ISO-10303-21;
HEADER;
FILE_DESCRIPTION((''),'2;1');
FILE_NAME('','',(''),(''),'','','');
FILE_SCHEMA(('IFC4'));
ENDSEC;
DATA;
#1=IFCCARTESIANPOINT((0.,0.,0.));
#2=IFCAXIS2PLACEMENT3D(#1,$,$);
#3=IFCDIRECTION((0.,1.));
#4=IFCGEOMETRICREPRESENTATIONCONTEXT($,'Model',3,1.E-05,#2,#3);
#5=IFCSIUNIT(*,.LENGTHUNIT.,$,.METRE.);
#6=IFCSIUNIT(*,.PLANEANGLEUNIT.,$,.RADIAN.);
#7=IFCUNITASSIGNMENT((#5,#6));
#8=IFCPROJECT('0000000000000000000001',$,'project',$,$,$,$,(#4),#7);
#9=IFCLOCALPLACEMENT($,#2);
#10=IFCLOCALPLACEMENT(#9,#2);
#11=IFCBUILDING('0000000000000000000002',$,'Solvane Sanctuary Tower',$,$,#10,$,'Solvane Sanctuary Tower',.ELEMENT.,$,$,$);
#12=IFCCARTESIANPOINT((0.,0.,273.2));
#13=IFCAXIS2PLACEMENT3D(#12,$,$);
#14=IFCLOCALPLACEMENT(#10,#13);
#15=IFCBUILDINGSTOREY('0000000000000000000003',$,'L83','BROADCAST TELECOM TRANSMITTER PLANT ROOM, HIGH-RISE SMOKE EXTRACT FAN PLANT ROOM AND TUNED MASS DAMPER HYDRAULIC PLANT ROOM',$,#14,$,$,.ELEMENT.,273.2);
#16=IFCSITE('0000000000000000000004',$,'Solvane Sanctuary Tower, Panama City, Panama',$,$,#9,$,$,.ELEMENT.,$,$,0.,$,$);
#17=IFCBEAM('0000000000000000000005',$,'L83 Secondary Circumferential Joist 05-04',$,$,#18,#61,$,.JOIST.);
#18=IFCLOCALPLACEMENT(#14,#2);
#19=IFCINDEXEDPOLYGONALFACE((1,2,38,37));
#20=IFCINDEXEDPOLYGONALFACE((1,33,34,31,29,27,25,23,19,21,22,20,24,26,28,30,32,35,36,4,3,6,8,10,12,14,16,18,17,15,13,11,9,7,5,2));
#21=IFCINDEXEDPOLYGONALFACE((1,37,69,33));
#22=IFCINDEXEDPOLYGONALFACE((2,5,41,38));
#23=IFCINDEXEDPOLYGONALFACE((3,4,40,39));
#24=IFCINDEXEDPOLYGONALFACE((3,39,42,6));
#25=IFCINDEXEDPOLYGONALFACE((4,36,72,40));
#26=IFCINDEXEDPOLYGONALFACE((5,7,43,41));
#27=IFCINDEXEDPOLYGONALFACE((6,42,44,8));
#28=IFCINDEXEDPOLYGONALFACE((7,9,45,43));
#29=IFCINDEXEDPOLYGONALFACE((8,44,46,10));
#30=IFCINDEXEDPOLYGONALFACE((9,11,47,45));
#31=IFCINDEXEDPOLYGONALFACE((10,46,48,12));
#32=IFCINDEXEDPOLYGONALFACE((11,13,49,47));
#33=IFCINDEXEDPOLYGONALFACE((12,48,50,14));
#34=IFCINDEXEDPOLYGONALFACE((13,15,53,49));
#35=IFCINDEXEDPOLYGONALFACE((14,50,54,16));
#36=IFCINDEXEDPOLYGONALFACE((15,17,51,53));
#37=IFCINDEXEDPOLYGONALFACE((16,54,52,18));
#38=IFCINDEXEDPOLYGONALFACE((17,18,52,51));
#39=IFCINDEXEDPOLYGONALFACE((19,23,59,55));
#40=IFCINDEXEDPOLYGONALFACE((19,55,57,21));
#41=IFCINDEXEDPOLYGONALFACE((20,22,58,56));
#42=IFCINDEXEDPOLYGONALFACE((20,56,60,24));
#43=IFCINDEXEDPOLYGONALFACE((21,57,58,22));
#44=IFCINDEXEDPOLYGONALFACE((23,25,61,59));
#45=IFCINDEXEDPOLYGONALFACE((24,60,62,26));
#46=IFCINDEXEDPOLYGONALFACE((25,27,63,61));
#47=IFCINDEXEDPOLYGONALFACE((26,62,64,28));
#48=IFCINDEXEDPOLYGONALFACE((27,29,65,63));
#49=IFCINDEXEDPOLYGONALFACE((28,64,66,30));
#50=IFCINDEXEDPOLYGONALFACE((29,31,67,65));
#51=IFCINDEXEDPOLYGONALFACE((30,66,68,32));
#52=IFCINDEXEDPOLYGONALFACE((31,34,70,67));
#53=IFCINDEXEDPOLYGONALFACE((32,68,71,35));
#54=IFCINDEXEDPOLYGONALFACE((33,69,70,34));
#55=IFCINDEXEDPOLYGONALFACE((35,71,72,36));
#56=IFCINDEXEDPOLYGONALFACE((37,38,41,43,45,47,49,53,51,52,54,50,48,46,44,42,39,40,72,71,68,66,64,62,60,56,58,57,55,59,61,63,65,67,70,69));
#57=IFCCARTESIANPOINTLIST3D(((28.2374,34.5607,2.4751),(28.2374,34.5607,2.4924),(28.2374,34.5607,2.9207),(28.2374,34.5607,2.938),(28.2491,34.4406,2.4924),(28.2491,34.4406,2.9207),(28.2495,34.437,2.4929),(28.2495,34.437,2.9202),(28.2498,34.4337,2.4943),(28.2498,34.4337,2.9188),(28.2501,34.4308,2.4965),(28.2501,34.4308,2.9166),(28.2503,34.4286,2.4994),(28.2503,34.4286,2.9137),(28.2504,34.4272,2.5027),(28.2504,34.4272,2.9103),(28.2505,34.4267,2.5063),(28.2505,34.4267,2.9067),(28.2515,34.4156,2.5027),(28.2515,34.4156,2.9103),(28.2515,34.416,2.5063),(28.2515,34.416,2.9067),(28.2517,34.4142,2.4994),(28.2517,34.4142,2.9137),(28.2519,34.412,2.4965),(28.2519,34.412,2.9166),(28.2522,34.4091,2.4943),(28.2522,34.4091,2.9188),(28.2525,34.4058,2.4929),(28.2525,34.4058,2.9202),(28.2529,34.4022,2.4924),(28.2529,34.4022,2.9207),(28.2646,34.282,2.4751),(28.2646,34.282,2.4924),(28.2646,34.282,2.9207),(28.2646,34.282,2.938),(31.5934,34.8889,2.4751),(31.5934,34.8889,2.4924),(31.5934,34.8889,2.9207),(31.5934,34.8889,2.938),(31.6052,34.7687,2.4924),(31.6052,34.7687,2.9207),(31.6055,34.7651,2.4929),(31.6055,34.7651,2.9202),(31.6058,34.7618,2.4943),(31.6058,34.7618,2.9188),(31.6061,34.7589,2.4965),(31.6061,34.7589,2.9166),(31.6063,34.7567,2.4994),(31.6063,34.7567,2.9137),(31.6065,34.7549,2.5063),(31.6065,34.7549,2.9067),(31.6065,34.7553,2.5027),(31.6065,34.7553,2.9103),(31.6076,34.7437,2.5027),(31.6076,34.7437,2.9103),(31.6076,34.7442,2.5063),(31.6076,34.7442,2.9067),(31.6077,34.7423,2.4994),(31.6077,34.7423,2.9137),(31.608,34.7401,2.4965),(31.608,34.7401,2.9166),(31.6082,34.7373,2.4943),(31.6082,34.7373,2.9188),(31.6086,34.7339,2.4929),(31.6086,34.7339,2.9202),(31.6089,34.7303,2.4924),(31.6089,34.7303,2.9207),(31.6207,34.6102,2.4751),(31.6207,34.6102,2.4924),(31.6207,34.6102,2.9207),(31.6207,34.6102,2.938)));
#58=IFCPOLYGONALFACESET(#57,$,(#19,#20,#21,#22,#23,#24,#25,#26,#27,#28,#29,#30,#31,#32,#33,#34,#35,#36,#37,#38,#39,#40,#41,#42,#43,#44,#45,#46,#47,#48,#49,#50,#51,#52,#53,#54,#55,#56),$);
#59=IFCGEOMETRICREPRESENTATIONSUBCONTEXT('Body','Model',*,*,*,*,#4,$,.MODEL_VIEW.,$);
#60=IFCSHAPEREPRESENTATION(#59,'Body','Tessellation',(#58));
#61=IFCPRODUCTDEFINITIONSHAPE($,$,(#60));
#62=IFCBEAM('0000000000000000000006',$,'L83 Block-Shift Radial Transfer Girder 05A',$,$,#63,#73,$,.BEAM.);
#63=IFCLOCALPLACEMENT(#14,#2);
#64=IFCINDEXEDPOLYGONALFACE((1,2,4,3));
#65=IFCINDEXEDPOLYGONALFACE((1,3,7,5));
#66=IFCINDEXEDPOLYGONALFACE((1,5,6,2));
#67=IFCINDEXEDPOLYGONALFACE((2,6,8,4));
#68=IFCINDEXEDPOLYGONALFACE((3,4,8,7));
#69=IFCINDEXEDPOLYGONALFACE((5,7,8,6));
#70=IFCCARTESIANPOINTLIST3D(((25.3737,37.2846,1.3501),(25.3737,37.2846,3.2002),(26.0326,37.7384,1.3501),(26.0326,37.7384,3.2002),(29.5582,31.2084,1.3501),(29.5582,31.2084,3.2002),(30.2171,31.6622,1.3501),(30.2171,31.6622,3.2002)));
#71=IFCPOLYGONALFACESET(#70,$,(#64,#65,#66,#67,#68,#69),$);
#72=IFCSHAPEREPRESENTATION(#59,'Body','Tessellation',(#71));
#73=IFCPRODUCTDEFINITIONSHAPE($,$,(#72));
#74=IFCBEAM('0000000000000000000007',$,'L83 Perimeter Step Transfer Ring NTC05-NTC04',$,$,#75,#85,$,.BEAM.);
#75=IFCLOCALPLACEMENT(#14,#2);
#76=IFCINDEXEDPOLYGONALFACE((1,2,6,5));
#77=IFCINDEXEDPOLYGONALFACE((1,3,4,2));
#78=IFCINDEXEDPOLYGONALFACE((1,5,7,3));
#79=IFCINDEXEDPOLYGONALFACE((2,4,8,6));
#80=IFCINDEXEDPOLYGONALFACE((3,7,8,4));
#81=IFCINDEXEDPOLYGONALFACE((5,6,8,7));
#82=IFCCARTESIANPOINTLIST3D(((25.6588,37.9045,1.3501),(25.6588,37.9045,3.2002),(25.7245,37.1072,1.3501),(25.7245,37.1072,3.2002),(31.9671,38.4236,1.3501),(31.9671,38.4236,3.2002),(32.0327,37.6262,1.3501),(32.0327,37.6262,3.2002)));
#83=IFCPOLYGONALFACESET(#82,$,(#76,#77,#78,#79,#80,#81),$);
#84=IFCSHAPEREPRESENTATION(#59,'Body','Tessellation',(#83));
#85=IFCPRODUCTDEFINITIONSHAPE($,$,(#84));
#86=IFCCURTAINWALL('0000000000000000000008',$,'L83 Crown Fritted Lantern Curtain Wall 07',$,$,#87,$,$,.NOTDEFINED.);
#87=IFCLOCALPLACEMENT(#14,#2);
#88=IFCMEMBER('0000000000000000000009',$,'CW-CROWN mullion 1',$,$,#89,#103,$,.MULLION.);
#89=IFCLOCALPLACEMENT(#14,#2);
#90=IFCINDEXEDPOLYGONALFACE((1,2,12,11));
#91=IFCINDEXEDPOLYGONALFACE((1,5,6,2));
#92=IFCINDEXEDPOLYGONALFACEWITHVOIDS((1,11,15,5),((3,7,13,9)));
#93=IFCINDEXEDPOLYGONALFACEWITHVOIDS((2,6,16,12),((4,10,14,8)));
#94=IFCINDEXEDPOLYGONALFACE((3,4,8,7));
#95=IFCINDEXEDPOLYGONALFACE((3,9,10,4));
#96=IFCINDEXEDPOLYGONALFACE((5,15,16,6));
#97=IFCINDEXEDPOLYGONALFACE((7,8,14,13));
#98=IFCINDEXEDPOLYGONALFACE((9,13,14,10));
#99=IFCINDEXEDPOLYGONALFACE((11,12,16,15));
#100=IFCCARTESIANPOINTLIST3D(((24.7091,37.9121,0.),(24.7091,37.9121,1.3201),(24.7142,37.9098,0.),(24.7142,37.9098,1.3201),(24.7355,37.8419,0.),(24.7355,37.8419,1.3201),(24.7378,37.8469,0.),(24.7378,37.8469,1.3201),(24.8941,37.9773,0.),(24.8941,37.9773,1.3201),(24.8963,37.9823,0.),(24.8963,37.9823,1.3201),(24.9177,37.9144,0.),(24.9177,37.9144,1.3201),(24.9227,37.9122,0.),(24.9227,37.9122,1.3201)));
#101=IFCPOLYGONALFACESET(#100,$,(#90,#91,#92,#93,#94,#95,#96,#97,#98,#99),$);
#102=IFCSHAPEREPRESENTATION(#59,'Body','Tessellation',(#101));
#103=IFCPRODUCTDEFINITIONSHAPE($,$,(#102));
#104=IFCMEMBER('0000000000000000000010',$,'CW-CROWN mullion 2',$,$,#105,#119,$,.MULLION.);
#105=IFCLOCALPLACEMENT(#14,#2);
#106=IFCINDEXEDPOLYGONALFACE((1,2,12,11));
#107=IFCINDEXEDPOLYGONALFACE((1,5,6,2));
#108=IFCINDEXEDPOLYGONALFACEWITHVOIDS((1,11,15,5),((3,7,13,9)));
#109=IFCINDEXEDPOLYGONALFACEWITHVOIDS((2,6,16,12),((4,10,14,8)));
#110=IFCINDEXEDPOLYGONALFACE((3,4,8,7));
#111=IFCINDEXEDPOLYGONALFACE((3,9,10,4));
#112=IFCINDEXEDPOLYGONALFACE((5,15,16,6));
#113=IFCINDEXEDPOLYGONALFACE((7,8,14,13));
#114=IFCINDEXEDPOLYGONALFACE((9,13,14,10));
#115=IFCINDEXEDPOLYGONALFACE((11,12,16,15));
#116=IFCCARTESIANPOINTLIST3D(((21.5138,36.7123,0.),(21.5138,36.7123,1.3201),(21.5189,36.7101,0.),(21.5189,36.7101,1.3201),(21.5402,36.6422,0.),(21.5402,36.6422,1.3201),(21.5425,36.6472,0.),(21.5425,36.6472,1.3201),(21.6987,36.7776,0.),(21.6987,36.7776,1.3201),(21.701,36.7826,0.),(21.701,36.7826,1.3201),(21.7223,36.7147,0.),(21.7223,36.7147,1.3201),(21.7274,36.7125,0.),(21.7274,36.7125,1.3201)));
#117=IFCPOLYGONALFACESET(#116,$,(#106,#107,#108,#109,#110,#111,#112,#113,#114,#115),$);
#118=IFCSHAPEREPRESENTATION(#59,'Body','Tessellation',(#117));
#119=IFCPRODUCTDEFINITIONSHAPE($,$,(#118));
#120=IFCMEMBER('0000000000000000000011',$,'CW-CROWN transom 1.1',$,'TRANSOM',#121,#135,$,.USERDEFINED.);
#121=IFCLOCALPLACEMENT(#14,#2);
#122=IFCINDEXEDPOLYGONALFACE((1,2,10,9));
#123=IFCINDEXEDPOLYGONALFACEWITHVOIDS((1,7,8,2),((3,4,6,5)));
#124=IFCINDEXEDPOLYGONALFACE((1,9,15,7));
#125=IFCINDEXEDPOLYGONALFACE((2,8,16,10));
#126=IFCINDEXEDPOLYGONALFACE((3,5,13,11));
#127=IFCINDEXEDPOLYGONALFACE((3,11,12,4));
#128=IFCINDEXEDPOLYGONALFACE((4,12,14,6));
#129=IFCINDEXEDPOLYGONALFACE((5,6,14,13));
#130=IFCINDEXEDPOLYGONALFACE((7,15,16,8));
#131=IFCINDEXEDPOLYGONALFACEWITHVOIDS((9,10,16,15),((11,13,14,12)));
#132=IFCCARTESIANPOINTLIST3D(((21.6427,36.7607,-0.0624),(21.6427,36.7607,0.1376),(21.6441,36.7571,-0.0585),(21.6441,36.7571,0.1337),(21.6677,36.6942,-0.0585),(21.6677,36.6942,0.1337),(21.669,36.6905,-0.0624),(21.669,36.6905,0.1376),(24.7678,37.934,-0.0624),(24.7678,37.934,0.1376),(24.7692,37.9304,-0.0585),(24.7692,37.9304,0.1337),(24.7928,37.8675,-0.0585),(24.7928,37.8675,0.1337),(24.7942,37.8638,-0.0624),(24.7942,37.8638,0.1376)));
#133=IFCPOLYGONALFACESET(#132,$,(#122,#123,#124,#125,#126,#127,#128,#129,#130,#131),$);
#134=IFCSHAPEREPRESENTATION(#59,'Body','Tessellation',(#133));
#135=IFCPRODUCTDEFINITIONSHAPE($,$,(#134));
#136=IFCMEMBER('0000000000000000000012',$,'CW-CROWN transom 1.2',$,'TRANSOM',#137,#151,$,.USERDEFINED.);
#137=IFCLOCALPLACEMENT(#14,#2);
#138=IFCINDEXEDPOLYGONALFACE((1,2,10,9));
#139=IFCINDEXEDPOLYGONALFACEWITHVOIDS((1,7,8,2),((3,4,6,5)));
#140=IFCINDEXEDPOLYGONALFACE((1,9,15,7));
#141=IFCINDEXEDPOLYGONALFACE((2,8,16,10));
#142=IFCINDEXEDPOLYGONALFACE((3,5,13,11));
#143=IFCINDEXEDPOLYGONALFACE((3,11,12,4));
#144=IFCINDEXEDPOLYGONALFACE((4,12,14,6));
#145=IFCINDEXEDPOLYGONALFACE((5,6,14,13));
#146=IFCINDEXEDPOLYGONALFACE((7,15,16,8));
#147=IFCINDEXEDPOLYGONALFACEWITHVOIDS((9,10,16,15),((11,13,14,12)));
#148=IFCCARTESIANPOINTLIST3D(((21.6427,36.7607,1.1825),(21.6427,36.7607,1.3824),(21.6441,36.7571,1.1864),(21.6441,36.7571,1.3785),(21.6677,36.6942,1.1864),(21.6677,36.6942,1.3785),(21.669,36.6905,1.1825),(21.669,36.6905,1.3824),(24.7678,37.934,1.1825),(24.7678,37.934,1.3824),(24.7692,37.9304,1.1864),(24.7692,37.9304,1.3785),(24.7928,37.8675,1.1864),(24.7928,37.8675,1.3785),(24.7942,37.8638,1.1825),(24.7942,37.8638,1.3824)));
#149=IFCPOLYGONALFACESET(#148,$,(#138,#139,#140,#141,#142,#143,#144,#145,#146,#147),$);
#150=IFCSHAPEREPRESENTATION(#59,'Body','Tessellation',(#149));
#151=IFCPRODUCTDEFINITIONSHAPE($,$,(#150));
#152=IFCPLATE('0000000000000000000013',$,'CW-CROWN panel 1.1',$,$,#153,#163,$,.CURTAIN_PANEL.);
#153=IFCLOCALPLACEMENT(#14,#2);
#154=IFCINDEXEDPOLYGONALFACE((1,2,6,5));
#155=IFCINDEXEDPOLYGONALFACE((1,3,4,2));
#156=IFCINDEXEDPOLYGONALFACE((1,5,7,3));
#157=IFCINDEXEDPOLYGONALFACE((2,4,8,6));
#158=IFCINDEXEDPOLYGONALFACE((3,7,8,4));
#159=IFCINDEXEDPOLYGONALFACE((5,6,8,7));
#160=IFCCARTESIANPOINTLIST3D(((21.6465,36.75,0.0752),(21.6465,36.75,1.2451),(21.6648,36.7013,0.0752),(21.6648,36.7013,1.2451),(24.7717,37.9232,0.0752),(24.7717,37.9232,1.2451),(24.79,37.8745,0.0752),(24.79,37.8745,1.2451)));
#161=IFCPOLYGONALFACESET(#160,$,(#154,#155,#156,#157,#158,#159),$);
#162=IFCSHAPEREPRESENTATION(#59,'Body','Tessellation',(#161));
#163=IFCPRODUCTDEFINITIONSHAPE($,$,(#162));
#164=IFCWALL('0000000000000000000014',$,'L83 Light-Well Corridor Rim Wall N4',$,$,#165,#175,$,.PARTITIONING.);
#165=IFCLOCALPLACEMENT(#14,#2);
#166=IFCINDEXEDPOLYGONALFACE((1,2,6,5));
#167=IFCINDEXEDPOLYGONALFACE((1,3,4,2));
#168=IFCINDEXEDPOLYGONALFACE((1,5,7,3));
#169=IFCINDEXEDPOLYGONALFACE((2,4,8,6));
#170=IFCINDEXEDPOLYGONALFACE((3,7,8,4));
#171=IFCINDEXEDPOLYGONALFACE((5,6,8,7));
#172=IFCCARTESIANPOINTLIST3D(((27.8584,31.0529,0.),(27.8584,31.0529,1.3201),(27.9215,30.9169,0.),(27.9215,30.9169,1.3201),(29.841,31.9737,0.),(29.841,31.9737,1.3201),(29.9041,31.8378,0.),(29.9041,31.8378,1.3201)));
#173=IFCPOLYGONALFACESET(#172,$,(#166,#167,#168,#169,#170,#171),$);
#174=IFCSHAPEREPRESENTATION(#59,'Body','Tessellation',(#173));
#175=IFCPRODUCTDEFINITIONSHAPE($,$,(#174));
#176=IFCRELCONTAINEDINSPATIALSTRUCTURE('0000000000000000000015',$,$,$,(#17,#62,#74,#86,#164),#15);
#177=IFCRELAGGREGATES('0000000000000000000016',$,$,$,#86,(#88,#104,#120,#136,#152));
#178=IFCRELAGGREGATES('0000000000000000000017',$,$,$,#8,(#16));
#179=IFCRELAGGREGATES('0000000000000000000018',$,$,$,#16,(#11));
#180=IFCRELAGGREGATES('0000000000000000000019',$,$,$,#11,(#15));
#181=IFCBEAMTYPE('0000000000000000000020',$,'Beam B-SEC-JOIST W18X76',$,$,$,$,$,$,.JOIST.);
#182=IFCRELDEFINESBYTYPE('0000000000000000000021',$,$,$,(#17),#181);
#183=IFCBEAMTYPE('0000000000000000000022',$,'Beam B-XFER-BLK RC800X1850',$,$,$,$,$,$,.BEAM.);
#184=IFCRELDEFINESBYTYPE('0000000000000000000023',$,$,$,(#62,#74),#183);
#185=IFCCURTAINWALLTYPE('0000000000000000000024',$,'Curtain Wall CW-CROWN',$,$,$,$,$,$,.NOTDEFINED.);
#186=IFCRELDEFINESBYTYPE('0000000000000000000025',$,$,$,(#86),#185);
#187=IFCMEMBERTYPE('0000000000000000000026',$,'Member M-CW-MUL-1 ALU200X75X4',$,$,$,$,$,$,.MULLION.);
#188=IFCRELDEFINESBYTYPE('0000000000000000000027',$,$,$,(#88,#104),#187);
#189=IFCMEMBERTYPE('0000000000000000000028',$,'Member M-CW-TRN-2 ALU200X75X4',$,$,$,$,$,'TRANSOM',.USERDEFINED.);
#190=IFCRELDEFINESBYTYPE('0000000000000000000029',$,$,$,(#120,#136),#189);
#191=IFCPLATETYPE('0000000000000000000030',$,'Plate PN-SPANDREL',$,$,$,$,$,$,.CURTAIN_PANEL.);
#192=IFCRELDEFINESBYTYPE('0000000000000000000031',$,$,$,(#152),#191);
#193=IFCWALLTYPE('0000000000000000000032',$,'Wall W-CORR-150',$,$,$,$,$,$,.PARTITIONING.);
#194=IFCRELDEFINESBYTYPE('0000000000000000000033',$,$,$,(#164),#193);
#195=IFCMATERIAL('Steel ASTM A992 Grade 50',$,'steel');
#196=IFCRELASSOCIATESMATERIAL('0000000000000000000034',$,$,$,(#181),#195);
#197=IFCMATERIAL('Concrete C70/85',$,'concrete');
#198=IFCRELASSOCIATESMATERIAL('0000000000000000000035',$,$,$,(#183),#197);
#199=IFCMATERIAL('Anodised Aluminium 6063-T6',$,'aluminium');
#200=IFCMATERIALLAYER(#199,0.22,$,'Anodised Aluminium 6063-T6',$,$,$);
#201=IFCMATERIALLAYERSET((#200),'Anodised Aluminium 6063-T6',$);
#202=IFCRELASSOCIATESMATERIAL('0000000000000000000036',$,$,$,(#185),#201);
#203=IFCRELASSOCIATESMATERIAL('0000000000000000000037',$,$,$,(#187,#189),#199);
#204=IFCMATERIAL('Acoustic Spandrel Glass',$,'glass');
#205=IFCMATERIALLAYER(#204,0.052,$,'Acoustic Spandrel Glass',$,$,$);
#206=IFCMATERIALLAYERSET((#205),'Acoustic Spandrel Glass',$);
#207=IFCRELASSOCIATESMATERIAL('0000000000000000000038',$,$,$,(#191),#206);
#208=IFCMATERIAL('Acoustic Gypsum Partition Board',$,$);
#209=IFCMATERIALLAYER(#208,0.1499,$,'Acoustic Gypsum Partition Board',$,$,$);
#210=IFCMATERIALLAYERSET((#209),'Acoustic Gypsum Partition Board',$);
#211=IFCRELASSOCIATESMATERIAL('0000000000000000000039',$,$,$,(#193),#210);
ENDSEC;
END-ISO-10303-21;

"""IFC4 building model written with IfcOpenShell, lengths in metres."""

from ifc_helpers import new_model, si_unit, direction, frame, frame_2d, origin, origin_2d, place, context, subcontext, project, spatial, rectangle, hollow_rectangle, i_section, extrude, material, layer, layer_set, material_profile, profile_set, type_object, element, aggregate, save


model = new_model("IFC4")

# Units and contexts
model_context = context("Model", 3, precision=1e-05, world=origin(), true_north=direction((0.0, 1.0)))
body_context = subcontext(model_context, "Body", "Model", "MODEL_VIEW")
ifc_project = project(units=[si_unit("LENGTHUNIT", "METRE"), si_unit("PLANEANGLEUNIT", "RADIAN")], contexts=[model_context])

# Site, building, storey
site_placement = place(None, origin())
site = spatial("IfcSite", under=ifc_project, at=site_placement, Name="Solvane Sanctuary Tower, Panama City, Panama", CompositionType="ELEMENT", RefElevation=0.0)
building_placement = place(site_placement, origin())
building = spatial("IfcBuilding", under=site, at=building_placement, Name="Solvane Sanctuary Tower", LongName="Solvane Sanctuary Tower", CompositionType="ELEMENT")
storey_placement = place(building_placement, frame((0.0, 0.0, 273.2)))
storey = spatial("IfcBuildingStorey", under=building, at=storey_placement, Name="L83", Description="BROADCAST TELECOM TRANSMITTER PLANT ROOM, HIGH-RISE SMOKE EXTRACT FAN PLANT ROOM AND TUNED MASS DAMPER HYDRAULIC PLANT ROOM", CompositionType="ELEMENT", Elevation=273.2)

# Beams
ifc_material_1 = material(Name="Steel ASTM A992 Grade 50", Category="steel")
ifc_material_profile_1 = material_profile(ifc_material_1, i_section(OverallWidth=0.28, OverallDepth=0.4629, WebThickness=0.0107, FlangeThickness=0.0173, FilletRadius=0.0139, at=origin_2d()), Name="W18X76")
ifc_profile_set_1 = profile_set([ifc_material_profile_1], Name="Steel ASTM A992 Grade 50")
beam_type_1 = type_object("IfcBeamType", Name="Beam B-SEC-JOIST W18X76", PredefinedType="JOIST", material=ifc_profile_set_1)
beam_1_placement = place(storey_placement, frame((28.251, 34.4214, 2.7065), z_axis=(0.995254, 0.09731, 0.0), x_axis=(-0.09731, 0.995254, 0.0)))
element("IfcBeam", 1, at=beam_1_placement, inside=storey, type_object=beam_type_1, Name="L83 Secondary Circumferential Joist 05-04", PredefinedType="JOIST", context=body_context, shape_type="SweptSolid", body=[
    extrude(i_section(OverallWidth=0.28, OverallDepth=0.4629, WebThickness=0.0107, FlangeThickness=0.0173, FilletRadius=0.0139, at=origin_2d()), origin(), (0.0, 0.0, 1.0), 3.3721),
])
ifc_material_2 = material(Name="Concrete C70/85", Category="concrete")
ifc_material_profile_2 = material_profile(ifc_material_2, rectangle(XDim=0.8, YDim=1.8501, at=origin_2d()), Name="RC800X1850")
ifc_profile_set_2 = profile_set([ifc_material_profile_2], Name="Concrete C70/85")
beam_type_2 = type_object("IfcBeamType", Name="Beam B-XFER-BLK RC800X1850", PredefinedType="BEAM", material=ifc_profile_set_2)
beam_2_placement = place(storey_placement, frame((29.8877, 31.4353, 2.2751), z_axis=(-0.567192, 0.823586, 0.0), x_axis=(-0.823586, -0.567192, 0.0)))
element("IfcBeam", 2, at=beam_2_placement, inside=storey, type_object=beam_type_2, Name="L83 Block-Shift Radial Transfer Girder 05A", PredefinedType="BEAM", context=body_context, shape_type="SweptSolid", body=[
    extrude(rectangle(XDim=0.8, YDim=1.8501, at=origin_2d()), origin(), (0.0, 0.0, 1.0), 7.3777),
])
beam_3_placement = place(storey_placement, frame((25.6917, 37.5059, 2.2751), z_axis=(0.996632, 0.082002, 0.0), x_axis=(-0.082002, 0.996632, 0.0)))
element("IfcBeam", 3, at=beam_3_placement, inside=storey, type_object=beam_type_2, Name="L83 Perimeter Step Transfer Ring NTC05-NTC04", PredefinedType="BEAM", context=body_context, shape_type="SweptSolid", body=[
    extrude(rectangle(XDim=0.8, YDim=1.8501, at=origin_2d()), origin(), (0.0, 0.0, 1.0), 6.3296),
])

# Curtain wall, members, plate
ifc_material_3 = material(Name="Anodised Aluminium 6063-T6", Category="aluminium")
ifc_layer_1 = layer(ifc_material_3, 0.22, Name="Anodised Aluminium 6063-T6")
ifc_layer_set_1 = layer_set([ifc_layer_1], Name="Anodised Aluminium 6063-T6")
curtain_wall_type = type_object("IfcCurtainWallType", Name="Curtain Wall CW-CROWN", PredefinedType="NOTDEFINED", material=ifc_layer_set_1)
curtain_wall_placement = place(storey_placement, origin())
curtain_wall = element("IfcCurtainWall", 4, at=curtain_wall_placement, inside=storey, type_object=curtain_wall_type, Name="L83 Crown Fritted Lantern Curtain Wall 07", PredefinedType="NOTDEFINED")
ifc_material_profile_3 = material_profile(ifc_material_3, hollow_rectangle(XDim=0.075, YDim=0.2, WallThickness=0.0039, at=origin_2d()), Name="ALU200X75X4")
ifc_profile_set_3 = profile_set([ifc_material_profile_3], Name="Anodised Aluminium 6063-T6")
member_type_1 = type_object("IfcMemberType", Name="Member M-CW-MUL-1 ALU200X75X4", PredefinedType="MULLION", material=ifc_profile_set_3)
member_1_placement = place(storey_placement, frame((24.8159, 37.9121, 0.0), z_axis=(0.0, 0.0, 1.0), x_axis=(0.351475, -0.936197, 0.0)))
member_1 = element("IfcMember", 5, at=member_1_placement, type_object=member_type_1, Name="CW-CROWN mullion 1", PredefinedType="MULLION", context=body_context, shape_type="SweptSolid", body=[
    extrude(hollow_rectangle(XDim=0.075, YDim=0.2, WallThickness=0.0039, at=origin_2d()), origin(), (0.0, 0.0, 1.0), 1.3201),
])
member_2_placement = place(storey_placement, frame((21.6206, 36.7124, 0.0), z_axis=(0.0, 0.0, 1.0), x_axis=(0.351475, -0.936197, 0.0)))
member_2 = element("IfcMember", 6, at=member_2_placement, type_object=member_type_1, Name="CW-CROWN mullion 2", PredefinedType="MULLION", context=body_context, shape_type="SweptSolid", body=[
    extrude(hollow_rectangle(XDim=0.075, YDim=0.2, WallThickness=0.0039, at=origin_2d()), origin(), (0.0, 0.0, 1.0), 1.3201),
])
ifc_material_profile_4 = material_profile(ifc_material_3, hollow_rectangle(XDim=0.075, YDim=0.2, WallThickness=0.0039, at=origin_2d()), Name="ALU200X75X4")
ifc_profile_set_4 = profile_set([ifc_material_profile_4], Name="Anodised Aluminium 6063-T6")
member_type_2 = type_object("IfcMemberType", Name="Member M-CW-TRN-2 ALU200X75X4", ElementType="TRANSOM", PredefinedType="USERDEFINED", material=ifc_profile_set_4)
member_3_placement = place(storey_placement, frame((24.781, 37.8989, 0.0376), z_axis=(-0.936194, -0.351484, 0.0), x_axis=(0.351484, -0.936194, 0.0)))
member_3 = element("IfcMember", 7, at=member_3_placement, type_object=member_type_2, Name="CW-CROWN transom 1.1", ObjectType="TRANSOM", PredefinedType="USERDEFINED", context=body_context, shape_type="SweptSolid", body=[
    extrude(hollow_rectangle(XDim=0.075, YDim=0.2, WallThickness=0.0039, at=origin_2d()), origin(), (0.0, 0.0, 1.0), 3.3381),
])
member_4_placement = place(storey_placement, frame((24.781, 37.8989, 1.2825), z_axis=(-0.936194, -0.351484, 0.0), x_axis=(0.351484, -0.936194, 0.0)))
member_4 = element("IfcMember", 8, at=member_4_placement, type_object=member_type_2, Name="CW-CROWN transom 1.2", ObjectType="TRANSOM", PredefinedType="USERDEFINED", context=body_context, shape_type="SweptSolid", body=[
    extrude(hollow_rectangle(XDim=0.075, YDim=0.2, WallThickness=0.0039, at=origin_2d()), origin(), (0.0, 0.0, 1.0), 3.3381),
])
ifc_material_4 = material(Name="Acoustic Spandrel Glass", Category="glass")
ifc_layer_2 = layer(ifc_material_4, 0.052, Name="Acoustic Spandrel Glass")
ifc_layer_set_2 = layer_set([ifc_layer_2], Name="Acoustic Spandrel Glass")
plate_type = type_object("IfcPlateType", Name="Plate PN-SPANDREL", PredefinedType="CURTAIN_PANEL", material=ifc_layer_set_2)
plate_placement = place(storey_placement, frame((23.2183, 37.3123, 0.0752), z_axis=(0.0, 0.0, 1.0), x_axis=(-0.936197, -0.351475, 0.0)))
plate = element("IfcPlate", 9, at=plate_placement, type_object=plate_type, Name="CW-CROWN panel 1.1", PredefinedType="CURTAIN_PANEL", context=body_context, shape_type="SweptSolid", body=[
    extrude(rectangle(XDim=3.3381, YDim=0.052, at=origin_2d()), origin(), (0.0, 0.0, 1.0), 1.1699),
])
aggregate(curtain_wall, [member_1, member_2, member_3, member_4, plate])

# Wall
ifc_material_5 = material(Name="Acoustic Gypsum Partition Board")
ifc_layer_3 = layer(ifc_material_5, 0.1499, Name="Acoustic Gypsum Partition Board")
ifc_layer_set_3 = layer_set([ifc_layer_3], Name="Acoustic Gypsum Partition Board")
wall_type = type_object("IfcWallType", Name="Wall W-CORR-150", PredefinedType="PARTITIONING", material=ifc_layer_set_3)
wall_1_placement = place(storey_placement, frame((29.8726, 31.9058, 0.0), z_axis=(0.0, 0.0, 1.0), x_axis=(-0.906943, -0.421252, 0.0)))
element("IfcWall", 10, at=wall_1_placement, inside=storey, type_object=wall_type, Name="L83 Light-Well Corridor Rim Wall N4", PredefinedType="PARTITIONING", context=body_context, shape_type="SweptSolid", body=[
    extrude(rectangle(XDim=2.186, YDim=0.1499, at=frame_2d((1.093, 0.0))), origin(), (0.0, 0.0, 1.0), 1.3201),
])

save(model, "model.ifc")
